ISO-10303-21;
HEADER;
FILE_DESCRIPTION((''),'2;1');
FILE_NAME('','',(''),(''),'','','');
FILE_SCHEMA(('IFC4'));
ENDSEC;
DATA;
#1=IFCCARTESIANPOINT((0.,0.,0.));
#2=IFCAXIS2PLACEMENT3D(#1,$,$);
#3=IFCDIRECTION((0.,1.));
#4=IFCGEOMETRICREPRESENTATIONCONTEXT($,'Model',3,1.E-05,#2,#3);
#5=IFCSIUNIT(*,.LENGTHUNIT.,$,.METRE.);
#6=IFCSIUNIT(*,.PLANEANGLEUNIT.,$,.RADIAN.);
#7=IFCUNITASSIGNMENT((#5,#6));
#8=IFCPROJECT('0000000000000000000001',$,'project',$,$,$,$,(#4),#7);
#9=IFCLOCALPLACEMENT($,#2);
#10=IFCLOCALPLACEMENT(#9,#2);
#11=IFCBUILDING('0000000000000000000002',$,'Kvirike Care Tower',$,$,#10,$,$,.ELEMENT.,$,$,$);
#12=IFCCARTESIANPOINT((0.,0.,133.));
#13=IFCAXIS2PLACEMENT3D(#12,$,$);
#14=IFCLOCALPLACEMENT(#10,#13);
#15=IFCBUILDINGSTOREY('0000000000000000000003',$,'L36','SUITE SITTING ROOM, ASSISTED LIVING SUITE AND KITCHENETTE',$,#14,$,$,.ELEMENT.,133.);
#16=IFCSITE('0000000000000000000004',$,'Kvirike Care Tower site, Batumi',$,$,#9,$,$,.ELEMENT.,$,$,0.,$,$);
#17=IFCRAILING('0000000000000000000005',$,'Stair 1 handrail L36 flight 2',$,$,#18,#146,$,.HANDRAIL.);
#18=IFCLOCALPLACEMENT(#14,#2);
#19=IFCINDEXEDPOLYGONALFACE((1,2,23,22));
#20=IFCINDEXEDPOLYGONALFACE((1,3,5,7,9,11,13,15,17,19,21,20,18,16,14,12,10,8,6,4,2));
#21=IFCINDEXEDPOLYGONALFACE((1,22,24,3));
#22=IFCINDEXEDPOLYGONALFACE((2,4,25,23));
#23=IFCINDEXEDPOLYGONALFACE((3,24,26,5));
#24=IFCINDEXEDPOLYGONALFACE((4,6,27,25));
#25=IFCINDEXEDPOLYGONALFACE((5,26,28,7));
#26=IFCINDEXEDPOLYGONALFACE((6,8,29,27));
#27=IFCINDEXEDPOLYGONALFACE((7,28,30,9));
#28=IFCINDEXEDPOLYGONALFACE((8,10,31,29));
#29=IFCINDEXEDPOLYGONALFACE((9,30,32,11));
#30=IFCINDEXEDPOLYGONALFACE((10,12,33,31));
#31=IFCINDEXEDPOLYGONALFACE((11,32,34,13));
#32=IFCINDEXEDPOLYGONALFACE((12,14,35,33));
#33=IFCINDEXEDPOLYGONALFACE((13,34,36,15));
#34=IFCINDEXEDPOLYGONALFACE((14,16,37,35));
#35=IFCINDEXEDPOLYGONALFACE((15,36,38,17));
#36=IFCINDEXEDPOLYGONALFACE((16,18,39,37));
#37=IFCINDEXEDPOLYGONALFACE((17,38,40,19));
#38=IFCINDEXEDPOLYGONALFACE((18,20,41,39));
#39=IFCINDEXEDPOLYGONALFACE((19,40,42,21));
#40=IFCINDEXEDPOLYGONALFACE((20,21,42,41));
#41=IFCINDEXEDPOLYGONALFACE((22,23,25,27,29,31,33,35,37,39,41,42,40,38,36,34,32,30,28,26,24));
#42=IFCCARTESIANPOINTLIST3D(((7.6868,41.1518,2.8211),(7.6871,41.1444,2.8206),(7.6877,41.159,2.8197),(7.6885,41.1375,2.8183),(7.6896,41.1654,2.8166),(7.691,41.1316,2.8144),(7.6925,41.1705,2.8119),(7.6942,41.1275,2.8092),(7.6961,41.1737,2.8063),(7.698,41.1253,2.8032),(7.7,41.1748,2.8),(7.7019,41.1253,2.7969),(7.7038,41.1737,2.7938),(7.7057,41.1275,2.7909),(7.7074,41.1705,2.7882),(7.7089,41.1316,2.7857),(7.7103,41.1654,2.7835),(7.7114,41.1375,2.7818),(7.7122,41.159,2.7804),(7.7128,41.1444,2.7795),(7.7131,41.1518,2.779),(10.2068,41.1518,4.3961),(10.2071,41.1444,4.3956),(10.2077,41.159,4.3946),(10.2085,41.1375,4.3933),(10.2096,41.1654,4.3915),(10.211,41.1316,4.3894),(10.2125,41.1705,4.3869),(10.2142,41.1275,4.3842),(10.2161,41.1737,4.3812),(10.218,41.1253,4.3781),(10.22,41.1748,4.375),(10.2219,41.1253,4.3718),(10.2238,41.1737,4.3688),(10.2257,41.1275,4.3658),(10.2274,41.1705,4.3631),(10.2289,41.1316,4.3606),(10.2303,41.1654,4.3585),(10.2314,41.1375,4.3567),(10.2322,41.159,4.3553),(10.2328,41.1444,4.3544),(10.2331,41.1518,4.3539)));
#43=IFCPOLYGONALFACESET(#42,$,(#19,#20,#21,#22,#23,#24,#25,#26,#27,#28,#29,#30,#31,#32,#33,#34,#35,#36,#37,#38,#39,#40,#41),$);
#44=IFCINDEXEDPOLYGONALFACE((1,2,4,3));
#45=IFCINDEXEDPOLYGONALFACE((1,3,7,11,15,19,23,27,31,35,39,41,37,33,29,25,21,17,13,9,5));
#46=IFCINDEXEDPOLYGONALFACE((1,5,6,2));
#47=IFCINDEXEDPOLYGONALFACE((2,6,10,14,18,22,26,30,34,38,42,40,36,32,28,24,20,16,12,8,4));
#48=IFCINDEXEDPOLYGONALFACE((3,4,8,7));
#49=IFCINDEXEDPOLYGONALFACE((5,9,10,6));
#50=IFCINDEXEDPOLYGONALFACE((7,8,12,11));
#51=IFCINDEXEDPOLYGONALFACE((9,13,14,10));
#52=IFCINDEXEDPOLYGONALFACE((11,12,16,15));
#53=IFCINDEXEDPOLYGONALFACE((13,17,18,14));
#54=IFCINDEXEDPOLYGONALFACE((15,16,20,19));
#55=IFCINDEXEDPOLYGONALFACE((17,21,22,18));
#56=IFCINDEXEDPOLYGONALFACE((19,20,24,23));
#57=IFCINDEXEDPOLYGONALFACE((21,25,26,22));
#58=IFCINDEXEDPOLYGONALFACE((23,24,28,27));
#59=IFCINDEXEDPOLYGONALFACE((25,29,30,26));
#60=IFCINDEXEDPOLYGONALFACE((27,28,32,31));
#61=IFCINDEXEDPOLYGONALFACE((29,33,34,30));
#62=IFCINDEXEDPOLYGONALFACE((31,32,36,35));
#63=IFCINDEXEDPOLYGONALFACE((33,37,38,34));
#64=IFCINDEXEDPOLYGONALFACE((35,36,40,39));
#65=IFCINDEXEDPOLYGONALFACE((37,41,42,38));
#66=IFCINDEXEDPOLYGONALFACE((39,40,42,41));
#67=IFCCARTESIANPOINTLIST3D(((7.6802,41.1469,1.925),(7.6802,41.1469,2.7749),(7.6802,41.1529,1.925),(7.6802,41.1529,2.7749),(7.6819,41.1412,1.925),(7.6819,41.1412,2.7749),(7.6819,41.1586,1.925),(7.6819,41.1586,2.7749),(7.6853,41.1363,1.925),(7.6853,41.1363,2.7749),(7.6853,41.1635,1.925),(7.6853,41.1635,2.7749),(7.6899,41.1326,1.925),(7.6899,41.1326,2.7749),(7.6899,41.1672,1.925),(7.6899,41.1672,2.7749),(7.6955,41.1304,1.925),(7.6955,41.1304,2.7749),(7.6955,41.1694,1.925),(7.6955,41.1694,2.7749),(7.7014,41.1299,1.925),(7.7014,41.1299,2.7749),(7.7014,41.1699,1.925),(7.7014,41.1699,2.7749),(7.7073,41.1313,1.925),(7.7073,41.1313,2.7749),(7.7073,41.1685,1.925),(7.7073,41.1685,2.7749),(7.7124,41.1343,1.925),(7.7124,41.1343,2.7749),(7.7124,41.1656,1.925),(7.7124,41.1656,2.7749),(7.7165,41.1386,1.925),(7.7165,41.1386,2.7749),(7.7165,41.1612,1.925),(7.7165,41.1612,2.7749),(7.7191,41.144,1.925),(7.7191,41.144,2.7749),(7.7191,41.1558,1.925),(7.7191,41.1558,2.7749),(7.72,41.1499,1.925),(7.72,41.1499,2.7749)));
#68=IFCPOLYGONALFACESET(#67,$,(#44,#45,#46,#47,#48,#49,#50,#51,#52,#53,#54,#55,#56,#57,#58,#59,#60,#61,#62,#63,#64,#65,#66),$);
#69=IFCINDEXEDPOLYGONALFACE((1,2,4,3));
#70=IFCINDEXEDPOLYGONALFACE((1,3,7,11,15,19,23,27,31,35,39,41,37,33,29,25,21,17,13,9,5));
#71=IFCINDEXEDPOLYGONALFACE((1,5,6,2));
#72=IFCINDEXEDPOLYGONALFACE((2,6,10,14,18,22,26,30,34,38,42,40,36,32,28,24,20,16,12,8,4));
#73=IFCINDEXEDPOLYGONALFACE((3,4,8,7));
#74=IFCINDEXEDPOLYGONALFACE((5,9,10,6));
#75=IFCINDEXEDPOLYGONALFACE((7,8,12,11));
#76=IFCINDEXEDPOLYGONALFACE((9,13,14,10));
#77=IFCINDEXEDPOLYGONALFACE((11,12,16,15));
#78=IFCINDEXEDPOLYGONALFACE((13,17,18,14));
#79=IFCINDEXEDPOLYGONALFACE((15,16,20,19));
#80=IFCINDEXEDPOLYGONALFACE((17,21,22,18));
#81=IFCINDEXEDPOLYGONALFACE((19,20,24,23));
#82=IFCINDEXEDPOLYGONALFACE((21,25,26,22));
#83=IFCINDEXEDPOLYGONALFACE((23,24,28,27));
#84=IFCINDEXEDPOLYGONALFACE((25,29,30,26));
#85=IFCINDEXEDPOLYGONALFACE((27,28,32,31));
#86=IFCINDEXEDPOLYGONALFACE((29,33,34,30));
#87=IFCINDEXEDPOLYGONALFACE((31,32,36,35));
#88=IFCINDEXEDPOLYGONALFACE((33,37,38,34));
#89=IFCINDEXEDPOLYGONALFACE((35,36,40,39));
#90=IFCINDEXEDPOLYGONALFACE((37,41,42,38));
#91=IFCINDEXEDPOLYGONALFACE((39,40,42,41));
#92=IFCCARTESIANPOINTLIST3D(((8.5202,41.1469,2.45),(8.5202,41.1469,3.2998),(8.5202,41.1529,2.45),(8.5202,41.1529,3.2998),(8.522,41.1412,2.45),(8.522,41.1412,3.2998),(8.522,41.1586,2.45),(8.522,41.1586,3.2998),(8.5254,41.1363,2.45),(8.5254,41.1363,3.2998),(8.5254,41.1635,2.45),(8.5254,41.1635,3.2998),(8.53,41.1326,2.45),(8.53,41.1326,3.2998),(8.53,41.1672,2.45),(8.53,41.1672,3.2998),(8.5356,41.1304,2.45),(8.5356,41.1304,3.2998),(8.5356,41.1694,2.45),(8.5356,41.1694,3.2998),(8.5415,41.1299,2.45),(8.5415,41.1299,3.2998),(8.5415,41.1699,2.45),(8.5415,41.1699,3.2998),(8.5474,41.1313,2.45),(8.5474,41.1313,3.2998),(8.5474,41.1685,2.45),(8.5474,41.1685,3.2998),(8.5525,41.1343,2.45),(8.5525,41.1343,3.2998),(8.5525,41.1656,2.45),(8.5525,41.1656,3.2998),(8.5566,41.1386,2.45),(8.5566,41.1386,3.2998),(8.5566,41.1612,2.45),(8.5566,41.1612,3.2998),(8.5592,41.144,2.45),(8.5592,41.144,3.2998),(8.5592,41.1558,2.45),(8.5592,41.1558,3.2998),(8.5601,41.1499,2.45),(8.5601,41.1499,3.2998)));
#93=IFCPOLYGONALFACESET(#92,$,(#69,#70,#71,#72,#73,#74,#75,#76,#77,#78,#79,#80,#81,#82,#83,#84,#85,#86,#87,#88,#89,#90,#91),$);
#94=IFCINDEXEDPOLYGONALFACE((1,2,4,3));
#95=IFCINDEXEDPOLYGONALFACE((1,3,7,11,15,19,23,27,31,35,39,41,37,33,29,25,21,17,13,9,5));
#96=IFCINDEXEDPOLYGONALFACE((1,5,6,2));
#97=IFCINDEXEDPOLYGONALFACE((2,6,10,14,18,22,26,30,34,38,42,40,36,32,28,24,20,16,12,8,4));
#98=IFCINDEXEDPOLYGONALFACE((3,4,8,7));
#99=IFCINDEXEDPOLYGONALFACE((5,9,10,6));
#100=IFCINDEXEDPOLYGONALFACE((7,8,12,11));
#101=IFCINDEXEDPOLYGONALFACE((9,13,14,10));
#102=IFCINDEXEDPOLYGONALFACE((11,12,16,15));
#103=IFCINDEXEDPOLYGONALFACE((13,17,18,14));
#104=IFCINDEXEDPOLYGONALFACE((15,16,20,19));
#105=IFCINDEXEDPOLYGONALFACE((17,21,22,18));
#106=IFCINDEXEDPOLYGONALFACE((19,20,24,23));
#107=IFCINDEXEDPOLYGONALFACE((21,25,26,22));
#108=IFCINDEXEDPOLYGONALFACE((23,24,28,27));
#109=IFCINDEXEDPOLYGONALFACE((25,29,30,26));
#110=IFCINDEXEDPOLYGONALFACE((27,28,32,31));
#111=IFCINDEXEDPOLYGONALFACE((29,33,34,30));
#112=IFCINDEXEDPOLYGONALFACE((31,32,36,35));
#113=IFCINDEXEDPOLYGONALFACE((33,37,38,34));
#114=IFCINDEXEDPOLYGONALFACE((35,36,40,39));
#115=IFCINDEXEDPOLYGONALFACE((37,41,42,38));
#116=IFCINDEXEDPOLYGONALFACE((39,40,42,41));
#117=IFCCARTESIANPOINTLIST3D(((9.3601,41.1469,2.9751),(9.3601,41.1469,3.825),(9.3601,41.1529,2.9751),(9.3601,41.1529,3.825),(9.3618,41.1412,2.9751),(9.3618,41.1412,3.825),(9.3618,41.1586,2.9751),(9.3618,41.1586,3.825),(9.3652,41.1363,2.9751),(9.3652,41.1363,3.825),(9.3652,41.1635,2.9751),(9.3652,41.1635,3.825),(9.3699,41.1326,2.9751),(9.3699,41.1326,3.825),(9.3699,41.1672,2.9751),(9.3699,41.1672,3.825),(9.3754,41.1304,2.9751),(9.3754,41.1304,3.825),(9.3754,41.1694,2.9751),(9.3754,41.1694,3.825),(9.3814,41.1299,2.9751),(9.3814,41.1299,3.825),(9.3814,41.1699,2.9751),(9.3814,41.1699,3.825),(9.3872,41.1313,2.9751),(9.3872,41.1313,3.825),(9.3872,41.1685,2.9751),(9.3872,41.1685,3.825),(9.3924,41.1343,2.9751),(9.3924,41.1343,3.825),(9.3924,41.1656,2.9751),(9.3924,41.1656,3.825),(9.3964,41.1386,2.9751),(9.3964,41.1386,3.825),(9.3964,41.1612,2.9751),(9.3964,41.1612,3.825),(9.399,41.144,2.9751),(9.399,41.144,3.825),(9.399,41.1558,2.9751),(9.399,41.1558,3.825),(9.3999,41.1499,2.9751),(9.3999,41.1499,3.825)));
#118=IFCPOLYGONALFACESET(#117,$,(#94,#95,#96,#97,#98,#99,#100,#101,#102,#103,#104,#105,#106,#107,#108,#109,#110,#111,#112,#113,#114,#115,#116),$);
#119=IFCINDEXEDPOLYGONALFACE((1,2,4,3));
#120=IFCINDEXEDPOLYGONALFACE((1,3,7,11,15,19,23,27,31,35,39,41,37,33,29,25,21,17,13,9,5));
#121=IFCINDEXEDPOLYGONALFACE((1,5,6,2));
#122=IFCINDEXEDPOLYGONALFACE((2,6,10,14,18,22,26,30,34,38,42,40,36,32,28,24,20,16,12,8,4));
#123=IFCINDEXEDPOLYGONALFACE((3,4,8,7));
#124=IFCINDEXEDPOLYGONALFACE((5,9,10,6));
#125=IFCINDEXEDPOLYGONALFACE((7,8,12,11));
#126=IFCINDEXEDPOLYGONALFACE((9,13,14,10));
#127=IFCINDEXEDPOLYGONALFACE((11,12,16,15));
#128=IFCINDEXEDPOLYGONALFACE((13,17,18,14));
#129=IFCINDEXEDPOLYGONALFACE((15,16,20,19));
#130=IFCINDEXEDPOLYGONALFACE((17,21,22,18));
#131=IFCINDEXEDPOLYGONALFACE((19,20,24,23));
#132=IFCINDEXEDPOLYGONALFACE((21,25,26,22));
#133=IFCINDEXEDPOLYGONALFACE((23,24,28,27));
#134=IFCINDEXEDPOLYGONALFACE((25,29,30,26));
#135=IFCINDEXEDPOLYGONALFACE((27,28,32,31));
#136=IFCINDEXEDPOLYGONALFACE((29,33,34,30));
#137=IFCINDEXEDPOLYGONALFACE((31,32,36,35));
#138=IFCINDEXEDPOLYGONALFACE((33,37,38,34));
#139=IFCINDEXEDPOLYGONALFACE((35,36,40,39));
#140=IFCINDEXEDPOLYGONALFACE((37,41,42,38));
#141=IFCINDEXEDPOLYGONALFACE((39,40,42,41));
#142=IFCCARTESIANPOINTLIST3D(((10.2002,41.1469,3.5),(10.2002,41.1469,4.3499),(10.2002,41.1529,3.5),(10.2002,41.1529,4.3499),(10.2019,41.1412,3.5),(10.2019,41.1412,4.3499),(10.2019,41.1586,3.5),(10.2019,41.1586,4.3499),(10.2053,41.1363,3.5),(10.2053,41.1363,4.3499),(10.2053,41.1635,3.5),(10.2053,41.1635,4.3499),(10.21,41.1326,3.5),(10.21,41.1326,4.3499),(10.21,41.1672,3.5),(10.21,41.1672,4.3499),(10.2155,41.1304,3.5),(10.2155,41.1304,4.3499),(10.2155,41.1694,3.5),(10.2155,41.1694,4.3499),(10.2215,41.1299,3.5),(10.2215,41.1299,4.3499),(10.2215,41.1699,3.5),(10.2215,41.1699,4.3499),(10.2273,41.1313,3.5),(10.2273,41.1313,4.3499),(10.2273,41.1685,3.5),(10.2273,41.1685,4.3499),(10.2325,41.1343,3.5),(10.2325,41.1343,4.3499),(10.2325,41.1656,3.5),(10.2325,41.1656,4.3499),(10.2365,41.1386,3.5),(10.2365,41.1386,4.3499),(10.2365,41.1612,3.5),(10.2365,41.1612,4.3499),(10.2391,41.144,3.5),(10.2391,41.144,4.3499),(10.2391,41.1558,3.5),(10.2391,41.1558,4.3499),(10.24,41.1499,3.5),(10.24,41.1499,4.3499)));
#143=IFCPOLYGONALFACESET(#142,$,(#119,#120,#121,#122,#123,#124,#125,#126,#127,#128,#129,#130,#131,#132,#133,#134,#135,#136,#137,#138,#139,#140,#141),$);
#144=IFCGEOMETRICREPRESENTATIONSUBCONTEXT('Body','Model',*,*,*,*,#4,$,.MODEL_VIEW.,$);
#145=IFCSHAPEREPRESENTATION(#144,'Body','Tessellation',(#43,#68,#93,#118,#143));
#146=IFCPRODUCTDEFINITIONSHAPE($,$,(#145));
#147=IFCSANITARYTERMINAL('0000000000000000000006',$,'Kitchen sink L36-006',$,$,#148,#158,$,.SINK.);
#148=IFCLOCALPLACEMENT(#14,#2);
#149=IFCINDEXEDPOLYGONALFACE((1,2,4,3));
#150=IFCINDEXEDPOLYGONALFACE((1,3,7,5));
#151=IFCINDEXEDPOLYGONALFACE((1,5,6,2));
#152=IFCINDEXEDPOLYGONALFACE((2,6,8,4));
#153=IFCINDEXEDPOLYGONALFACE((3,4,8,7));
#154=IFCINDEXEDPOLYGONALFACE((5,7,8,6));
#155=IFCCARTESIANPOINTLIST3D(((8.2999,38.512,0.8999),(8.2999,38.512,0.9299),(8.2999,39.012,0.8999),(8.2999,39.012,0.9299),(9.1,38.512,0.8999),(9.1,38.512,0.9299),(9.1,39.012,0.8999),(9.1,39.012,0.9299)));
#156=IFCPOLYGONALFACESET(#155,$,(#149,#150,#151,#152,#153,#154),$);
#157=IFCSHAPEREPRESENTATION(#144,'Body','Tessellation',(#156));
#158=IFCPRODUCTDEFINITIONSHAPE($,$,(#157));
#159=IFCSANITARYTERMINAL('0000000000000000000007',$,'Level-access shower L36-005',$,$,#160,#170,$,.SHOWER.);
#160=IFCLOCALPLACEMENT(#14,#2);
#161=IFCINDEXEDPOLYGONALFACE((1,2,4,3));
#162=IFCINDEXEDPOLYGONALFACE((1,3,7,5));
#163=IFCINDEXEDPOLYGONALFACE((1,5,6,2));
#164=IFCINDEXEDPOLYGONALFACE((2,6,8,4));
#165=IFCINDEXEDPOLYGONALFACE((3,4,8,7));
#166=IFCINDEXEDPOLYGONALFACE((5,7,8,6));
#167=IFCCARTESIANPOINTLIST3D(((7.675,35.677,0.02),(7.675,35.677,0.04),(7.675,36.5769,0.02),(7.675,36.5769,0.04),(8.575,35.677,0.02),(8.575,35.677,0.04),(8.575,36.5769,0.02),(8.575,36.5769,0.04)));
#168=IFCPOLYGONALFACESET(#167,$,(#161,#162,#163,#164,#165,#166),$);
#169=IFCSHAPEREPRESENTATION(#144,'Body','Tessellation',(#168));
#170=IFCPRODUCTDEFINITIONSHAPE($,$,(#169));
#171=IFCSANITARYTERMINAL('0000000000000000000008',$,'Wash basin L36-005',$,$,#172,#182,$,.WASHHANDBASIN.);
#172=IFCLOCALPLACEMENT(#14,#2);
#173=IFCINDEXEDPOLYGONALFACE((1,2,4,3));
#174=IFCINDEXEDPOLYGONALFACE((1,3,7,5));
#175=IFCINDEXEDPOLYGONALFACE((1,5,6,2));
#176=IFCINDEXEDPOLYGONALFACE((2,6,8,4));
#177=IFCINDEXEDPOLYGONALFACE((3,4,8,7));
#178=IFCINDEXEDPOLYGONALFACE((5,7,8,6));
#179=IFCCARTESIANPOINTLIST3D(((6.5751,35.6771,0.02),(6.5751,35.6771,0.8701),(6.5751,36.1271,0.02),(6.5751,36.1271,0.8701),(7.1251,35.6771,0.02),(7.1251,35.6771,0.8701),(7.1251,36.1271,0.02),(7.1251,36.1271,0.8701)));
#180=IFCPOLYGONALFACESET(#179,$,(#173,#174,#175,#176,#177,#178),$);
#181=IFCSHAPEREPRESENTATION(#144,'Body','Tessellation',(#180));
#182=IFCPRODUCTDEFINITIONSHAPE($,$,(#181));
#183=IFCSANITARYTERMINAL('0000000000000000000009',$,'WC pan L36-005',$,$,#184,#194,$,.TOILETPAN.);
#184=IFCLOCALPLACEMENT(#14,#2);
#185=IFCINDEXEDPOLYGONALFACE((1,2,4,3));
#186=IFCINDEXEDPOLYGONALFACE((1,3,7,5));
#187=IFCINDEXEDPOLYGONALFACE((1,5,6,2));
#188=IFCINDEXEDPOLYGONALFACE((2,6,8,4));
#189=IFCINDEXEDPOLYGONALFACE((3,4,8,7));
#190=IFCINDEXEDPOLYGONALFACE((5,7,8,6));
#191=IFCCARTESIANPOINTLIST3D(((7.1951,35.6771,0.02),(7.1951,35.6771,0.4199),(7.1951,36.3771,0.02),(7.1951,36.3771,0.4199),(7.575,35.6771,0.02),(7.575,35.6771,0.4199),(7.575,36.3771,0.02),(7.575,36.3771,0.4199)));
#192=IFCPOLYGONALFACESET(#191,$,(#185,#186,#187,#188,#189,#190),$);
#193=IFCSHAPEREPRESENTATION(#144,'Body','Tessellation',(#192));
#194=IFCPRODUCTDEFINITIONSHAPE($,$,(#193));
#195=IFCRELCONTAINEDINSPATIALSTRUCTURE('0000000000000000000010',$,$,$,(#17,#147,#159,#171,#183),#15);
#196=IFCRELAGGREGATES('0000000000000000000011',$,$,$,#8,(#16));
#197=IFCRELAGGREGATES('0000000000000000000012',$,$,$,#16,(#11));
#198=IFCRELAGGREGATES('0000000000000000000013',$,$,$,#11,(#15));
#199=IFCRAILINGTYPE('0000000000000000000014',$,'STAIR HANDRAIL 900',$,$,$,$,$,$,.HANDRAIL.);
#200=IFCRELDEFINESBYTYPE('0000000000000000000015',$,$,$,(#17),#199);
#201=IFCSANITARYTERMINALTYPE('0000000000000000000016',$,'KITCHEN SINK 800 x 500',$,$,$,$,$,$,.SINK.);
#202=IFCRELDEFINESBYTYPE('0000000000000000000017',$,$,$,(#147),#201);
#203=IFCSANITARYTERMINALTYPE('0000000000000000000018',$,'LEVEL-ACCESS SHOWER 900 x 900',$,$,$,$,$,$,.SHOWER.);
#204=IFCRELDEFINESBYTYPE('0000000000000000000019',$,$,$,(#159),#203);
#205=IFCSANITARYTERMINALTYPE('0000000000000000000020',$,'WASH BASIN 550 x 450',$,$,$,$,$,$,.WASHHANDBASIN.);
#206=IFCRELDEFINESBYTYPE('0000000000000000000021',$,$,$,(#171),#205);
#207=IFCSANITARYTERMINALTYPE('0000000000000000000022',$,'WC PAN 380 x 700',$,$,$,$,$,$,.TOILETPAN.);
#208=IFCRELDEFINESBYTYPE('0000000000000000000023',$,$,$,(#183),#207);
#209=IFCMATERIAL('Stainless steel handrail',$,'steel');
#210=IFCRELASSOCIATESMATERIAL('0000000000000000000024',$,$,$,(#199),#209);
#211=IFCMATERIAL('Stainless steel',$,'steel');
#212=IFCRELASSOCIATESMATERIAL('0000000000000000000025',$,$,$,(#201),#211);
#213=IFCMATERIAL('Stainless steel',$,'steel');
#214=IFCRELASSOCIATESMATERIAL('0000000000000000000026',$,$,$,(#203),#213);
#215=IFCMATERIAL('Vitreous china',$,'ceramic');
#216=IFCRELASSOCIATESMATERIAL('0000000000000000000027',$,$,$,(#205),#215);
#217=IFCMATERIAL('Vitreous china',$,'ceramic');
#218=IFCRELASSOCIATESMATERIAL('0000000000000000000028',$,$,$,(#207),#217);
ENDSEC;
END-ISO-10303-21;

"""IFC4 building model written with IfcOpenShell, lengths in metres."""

from ifc_helpers import new_model, si_unit, direction, frame, origin, origin_2d, place, context, subcontext, project, spatial, rectangle, circle, extrude, material, type_object, element, save


model = new_model("IFC4")

# Units and contexts
model_context = context("Model", 3, precision=1e-05, world=origin(), true_north=direction((0.0, 1.0)))
body_context = subcontext(model_context, "Body", "Model", "MODEL_VIEW")
ifc_project = project(units=[si_unit("LENGTHUNIT", "METRE"), si_unit("PLANEANGLEUNIT", "RADIAN")], contexts=[model_context])

# Site, building, storey
site_placement = place(None, origin())
site = spatial("IfcSite", under=ifc_project, at=site_placement, Name="Kvirike Care Tower site, Batumi", CompositionType="ELEMENT", RefElevation=0.0)
building_placement = place(site_placement, origin())
building = spatial("IfcBuilding", under=site, at=building_placement, Name="Kvirike Care Tower", CompositionType="ELEMENT")
storey_placement = place(building_placement, frame((0.0, 0.0, 133.0)))
storey = spatial("IfcBuildingStorey", under=building, at=storey_placement, Name="L36", Description="SUITE SITTING ROOM, ASSISTED LIVING SUITE AND KITCHENETTE", CompositionType="ELEMENT", Elevation=133.0)

# Railing
ifc_material_1 = material(Name="Stainless steel handrail", Category="steel")
railing_type = type_object("IfcRailingType", Name="STAIR HANDRAIL 900", PredefinedType="HANDRAIL", material=ifc_material_1)
railing_1_placement = place(storey_placement, frame((7.7, 41.1499, 1.925)))
element("IfcRailing", 1, at=railing_1_placement, inside=storey, type_object=railing_type, Name="Stair 1 handrail L36 flight 2", PredefinedType="HANDRAIL", context=body_context, shape_type="SweptSolid", body=[
    extrude(circle(Radius=0.0249, at=origin_2d()), frame((0.0, 0.0, 0.875), z_axis=(0.848008, 0.0, 0.529984), x_axis=(0.0, 1.0, 0.0)), (0.0, 0.0, 1.0), 2.9717),
    extrude(circle(Radius=0.02, at=origin_2d()), origin(), (0.0, 0.0, 1.0), 0.8499),
    extrude(circle(Radius=0.02, at=origin_2d()), frame((0.8401, 0.0, 0.5249)), (0.0, 0.0, 1.0), 0.8499),
    extrude(circle(Radius=0.02, at=origin_2d()), frame((1.6799, 0.0, 1.05)), (0.0, 0.0, 1.0), 0.8499),
    extrude(circle(Radius=0.02, at=origin_2d()), frame((2.52, 0.0, 1.575)), (0.0, 0.0, 1.0), 0.8499),
])

# Sanitary terminals
ifc_material_2 = material(Name="Stainless steel", Category="steel")
sanitary_terminal_type_1 = type_object("IfcSanitaryTerminalType", Name="KITCHEN SINK 800 x 500", PredefinedType="SINK", material=ifc_material_2)
sanitary_terminal_1_placement = place(storey_placement, frame((8.7, 38.762, 0.8999), z_axis=(0.0, 0.0, 1.0), x_axis=(-1.0, 0.0, 0.0)))
element("IfcSanitaryTerminal", 2, at=sanitary_terminal_1_placement, inside=storey, type_object=sanitary_terminal_type_1, Name="Kitchen sink L36-006", PredefinedType="SINK", context=body_context, shape_type="SweptSolid", body=[
    extrude(rectangle(XDim=0.8, YDim=0.5, at=origin_2d()), origin(), (0.0, 0.0, 1.0), 0.03),
])
ifc_material_3 = material(Name="Stainless steel", Category="steel")
sanitary_terminal_type_2 = type_object("IfcSanitaryTerminalType", Name="LEVEL-ACCESS SHOWER 900 x 900", PredefinedType="SHOWER", material=ifc_material_3)
sanitary_terminal_2_placement = place(storey_placement, frame((8.125, 36.127, 0.02), z_axis=(0.0, 0.0, 1.0), x_axis=(-1.0, 0.0, 0.0)))
element("IfcSanitaryTerminal", 3, at=sanitary_terminal_2_placement, inside=storey, type_object=sanitary_terminal_type_2, Name="Level-access shower L36-005", PredefinedType="SHOWER", context=body_context, shape_type="SweptSolid", body=[
    extrude(rectangle(XDim=0.8999, YDim=0.8999, at=origin_2d()), origin(), (0.0, 0.0, 1.0), 0.02),
])
ifc_material_4 = material(Name="Vitreous china", Category="ceramic")
sanitary_terminal_type_3 = type_object("IfcSanitaryTerminalType", Name="WASH BASIN 550 x 450", PredefinedType="WASHHANDBASIN", material=ifc_material_4)
sanitary_terminal_3_placement = place(storey_placement, frame((6.8501, 35.9021, 0.02), z_axis=(0.0, 0.0, 1.0), x_axis=(-1.0, 0.0, 0.0)))
element("IfcSanitaryTerminal", 4, at=sanitary_terminal_3_placement, inside=storey, type_object=sanitary_terminal_type_3, Name="Wash basin L36-005", PredefinedType="WASHHANDBASIN", context=body_context, shape_type="SweptSolid", body=[
    extrude(rectangle(XDim=0.55, YDim=0.45, at=origin_2d()), origin(), (0.0, 0.0, 1.0), 0.8501),
])
ifc_material_5 = material(Name="Vitreous china", Category="ceramic")
sanitary_terminal_type_4 = type_object("IfcSanitaryTerminalType", Name="WC PAN 380 x 700", PredefinedType="TOILETPAN", material=ifc_material_5)
sanitary_terminal_4_placement = place(storey_placement, frame((7.385, 36.0271, 0.02), z_axis=(0.0, 0.0, 1.0), x_axis=(-1.0, 0.0, 0.0)))
element("IfcSanitaryTerminal", 5, at=sanitary_terminal_4_placement, inside=storey, type_object=sanitary_terminal_type_4, Name="WC pan L36-005", PredefinedType="TOILETPAN", context=body_context, shape_type="SweptSolid", body=[
    extrude(rectangle(XDim=0.3799, YDim=0.7, at=origin_2d()), origin(), (0.0, 0.0, 1.0), 0.3999),
])

save(model, "model.ifc")
